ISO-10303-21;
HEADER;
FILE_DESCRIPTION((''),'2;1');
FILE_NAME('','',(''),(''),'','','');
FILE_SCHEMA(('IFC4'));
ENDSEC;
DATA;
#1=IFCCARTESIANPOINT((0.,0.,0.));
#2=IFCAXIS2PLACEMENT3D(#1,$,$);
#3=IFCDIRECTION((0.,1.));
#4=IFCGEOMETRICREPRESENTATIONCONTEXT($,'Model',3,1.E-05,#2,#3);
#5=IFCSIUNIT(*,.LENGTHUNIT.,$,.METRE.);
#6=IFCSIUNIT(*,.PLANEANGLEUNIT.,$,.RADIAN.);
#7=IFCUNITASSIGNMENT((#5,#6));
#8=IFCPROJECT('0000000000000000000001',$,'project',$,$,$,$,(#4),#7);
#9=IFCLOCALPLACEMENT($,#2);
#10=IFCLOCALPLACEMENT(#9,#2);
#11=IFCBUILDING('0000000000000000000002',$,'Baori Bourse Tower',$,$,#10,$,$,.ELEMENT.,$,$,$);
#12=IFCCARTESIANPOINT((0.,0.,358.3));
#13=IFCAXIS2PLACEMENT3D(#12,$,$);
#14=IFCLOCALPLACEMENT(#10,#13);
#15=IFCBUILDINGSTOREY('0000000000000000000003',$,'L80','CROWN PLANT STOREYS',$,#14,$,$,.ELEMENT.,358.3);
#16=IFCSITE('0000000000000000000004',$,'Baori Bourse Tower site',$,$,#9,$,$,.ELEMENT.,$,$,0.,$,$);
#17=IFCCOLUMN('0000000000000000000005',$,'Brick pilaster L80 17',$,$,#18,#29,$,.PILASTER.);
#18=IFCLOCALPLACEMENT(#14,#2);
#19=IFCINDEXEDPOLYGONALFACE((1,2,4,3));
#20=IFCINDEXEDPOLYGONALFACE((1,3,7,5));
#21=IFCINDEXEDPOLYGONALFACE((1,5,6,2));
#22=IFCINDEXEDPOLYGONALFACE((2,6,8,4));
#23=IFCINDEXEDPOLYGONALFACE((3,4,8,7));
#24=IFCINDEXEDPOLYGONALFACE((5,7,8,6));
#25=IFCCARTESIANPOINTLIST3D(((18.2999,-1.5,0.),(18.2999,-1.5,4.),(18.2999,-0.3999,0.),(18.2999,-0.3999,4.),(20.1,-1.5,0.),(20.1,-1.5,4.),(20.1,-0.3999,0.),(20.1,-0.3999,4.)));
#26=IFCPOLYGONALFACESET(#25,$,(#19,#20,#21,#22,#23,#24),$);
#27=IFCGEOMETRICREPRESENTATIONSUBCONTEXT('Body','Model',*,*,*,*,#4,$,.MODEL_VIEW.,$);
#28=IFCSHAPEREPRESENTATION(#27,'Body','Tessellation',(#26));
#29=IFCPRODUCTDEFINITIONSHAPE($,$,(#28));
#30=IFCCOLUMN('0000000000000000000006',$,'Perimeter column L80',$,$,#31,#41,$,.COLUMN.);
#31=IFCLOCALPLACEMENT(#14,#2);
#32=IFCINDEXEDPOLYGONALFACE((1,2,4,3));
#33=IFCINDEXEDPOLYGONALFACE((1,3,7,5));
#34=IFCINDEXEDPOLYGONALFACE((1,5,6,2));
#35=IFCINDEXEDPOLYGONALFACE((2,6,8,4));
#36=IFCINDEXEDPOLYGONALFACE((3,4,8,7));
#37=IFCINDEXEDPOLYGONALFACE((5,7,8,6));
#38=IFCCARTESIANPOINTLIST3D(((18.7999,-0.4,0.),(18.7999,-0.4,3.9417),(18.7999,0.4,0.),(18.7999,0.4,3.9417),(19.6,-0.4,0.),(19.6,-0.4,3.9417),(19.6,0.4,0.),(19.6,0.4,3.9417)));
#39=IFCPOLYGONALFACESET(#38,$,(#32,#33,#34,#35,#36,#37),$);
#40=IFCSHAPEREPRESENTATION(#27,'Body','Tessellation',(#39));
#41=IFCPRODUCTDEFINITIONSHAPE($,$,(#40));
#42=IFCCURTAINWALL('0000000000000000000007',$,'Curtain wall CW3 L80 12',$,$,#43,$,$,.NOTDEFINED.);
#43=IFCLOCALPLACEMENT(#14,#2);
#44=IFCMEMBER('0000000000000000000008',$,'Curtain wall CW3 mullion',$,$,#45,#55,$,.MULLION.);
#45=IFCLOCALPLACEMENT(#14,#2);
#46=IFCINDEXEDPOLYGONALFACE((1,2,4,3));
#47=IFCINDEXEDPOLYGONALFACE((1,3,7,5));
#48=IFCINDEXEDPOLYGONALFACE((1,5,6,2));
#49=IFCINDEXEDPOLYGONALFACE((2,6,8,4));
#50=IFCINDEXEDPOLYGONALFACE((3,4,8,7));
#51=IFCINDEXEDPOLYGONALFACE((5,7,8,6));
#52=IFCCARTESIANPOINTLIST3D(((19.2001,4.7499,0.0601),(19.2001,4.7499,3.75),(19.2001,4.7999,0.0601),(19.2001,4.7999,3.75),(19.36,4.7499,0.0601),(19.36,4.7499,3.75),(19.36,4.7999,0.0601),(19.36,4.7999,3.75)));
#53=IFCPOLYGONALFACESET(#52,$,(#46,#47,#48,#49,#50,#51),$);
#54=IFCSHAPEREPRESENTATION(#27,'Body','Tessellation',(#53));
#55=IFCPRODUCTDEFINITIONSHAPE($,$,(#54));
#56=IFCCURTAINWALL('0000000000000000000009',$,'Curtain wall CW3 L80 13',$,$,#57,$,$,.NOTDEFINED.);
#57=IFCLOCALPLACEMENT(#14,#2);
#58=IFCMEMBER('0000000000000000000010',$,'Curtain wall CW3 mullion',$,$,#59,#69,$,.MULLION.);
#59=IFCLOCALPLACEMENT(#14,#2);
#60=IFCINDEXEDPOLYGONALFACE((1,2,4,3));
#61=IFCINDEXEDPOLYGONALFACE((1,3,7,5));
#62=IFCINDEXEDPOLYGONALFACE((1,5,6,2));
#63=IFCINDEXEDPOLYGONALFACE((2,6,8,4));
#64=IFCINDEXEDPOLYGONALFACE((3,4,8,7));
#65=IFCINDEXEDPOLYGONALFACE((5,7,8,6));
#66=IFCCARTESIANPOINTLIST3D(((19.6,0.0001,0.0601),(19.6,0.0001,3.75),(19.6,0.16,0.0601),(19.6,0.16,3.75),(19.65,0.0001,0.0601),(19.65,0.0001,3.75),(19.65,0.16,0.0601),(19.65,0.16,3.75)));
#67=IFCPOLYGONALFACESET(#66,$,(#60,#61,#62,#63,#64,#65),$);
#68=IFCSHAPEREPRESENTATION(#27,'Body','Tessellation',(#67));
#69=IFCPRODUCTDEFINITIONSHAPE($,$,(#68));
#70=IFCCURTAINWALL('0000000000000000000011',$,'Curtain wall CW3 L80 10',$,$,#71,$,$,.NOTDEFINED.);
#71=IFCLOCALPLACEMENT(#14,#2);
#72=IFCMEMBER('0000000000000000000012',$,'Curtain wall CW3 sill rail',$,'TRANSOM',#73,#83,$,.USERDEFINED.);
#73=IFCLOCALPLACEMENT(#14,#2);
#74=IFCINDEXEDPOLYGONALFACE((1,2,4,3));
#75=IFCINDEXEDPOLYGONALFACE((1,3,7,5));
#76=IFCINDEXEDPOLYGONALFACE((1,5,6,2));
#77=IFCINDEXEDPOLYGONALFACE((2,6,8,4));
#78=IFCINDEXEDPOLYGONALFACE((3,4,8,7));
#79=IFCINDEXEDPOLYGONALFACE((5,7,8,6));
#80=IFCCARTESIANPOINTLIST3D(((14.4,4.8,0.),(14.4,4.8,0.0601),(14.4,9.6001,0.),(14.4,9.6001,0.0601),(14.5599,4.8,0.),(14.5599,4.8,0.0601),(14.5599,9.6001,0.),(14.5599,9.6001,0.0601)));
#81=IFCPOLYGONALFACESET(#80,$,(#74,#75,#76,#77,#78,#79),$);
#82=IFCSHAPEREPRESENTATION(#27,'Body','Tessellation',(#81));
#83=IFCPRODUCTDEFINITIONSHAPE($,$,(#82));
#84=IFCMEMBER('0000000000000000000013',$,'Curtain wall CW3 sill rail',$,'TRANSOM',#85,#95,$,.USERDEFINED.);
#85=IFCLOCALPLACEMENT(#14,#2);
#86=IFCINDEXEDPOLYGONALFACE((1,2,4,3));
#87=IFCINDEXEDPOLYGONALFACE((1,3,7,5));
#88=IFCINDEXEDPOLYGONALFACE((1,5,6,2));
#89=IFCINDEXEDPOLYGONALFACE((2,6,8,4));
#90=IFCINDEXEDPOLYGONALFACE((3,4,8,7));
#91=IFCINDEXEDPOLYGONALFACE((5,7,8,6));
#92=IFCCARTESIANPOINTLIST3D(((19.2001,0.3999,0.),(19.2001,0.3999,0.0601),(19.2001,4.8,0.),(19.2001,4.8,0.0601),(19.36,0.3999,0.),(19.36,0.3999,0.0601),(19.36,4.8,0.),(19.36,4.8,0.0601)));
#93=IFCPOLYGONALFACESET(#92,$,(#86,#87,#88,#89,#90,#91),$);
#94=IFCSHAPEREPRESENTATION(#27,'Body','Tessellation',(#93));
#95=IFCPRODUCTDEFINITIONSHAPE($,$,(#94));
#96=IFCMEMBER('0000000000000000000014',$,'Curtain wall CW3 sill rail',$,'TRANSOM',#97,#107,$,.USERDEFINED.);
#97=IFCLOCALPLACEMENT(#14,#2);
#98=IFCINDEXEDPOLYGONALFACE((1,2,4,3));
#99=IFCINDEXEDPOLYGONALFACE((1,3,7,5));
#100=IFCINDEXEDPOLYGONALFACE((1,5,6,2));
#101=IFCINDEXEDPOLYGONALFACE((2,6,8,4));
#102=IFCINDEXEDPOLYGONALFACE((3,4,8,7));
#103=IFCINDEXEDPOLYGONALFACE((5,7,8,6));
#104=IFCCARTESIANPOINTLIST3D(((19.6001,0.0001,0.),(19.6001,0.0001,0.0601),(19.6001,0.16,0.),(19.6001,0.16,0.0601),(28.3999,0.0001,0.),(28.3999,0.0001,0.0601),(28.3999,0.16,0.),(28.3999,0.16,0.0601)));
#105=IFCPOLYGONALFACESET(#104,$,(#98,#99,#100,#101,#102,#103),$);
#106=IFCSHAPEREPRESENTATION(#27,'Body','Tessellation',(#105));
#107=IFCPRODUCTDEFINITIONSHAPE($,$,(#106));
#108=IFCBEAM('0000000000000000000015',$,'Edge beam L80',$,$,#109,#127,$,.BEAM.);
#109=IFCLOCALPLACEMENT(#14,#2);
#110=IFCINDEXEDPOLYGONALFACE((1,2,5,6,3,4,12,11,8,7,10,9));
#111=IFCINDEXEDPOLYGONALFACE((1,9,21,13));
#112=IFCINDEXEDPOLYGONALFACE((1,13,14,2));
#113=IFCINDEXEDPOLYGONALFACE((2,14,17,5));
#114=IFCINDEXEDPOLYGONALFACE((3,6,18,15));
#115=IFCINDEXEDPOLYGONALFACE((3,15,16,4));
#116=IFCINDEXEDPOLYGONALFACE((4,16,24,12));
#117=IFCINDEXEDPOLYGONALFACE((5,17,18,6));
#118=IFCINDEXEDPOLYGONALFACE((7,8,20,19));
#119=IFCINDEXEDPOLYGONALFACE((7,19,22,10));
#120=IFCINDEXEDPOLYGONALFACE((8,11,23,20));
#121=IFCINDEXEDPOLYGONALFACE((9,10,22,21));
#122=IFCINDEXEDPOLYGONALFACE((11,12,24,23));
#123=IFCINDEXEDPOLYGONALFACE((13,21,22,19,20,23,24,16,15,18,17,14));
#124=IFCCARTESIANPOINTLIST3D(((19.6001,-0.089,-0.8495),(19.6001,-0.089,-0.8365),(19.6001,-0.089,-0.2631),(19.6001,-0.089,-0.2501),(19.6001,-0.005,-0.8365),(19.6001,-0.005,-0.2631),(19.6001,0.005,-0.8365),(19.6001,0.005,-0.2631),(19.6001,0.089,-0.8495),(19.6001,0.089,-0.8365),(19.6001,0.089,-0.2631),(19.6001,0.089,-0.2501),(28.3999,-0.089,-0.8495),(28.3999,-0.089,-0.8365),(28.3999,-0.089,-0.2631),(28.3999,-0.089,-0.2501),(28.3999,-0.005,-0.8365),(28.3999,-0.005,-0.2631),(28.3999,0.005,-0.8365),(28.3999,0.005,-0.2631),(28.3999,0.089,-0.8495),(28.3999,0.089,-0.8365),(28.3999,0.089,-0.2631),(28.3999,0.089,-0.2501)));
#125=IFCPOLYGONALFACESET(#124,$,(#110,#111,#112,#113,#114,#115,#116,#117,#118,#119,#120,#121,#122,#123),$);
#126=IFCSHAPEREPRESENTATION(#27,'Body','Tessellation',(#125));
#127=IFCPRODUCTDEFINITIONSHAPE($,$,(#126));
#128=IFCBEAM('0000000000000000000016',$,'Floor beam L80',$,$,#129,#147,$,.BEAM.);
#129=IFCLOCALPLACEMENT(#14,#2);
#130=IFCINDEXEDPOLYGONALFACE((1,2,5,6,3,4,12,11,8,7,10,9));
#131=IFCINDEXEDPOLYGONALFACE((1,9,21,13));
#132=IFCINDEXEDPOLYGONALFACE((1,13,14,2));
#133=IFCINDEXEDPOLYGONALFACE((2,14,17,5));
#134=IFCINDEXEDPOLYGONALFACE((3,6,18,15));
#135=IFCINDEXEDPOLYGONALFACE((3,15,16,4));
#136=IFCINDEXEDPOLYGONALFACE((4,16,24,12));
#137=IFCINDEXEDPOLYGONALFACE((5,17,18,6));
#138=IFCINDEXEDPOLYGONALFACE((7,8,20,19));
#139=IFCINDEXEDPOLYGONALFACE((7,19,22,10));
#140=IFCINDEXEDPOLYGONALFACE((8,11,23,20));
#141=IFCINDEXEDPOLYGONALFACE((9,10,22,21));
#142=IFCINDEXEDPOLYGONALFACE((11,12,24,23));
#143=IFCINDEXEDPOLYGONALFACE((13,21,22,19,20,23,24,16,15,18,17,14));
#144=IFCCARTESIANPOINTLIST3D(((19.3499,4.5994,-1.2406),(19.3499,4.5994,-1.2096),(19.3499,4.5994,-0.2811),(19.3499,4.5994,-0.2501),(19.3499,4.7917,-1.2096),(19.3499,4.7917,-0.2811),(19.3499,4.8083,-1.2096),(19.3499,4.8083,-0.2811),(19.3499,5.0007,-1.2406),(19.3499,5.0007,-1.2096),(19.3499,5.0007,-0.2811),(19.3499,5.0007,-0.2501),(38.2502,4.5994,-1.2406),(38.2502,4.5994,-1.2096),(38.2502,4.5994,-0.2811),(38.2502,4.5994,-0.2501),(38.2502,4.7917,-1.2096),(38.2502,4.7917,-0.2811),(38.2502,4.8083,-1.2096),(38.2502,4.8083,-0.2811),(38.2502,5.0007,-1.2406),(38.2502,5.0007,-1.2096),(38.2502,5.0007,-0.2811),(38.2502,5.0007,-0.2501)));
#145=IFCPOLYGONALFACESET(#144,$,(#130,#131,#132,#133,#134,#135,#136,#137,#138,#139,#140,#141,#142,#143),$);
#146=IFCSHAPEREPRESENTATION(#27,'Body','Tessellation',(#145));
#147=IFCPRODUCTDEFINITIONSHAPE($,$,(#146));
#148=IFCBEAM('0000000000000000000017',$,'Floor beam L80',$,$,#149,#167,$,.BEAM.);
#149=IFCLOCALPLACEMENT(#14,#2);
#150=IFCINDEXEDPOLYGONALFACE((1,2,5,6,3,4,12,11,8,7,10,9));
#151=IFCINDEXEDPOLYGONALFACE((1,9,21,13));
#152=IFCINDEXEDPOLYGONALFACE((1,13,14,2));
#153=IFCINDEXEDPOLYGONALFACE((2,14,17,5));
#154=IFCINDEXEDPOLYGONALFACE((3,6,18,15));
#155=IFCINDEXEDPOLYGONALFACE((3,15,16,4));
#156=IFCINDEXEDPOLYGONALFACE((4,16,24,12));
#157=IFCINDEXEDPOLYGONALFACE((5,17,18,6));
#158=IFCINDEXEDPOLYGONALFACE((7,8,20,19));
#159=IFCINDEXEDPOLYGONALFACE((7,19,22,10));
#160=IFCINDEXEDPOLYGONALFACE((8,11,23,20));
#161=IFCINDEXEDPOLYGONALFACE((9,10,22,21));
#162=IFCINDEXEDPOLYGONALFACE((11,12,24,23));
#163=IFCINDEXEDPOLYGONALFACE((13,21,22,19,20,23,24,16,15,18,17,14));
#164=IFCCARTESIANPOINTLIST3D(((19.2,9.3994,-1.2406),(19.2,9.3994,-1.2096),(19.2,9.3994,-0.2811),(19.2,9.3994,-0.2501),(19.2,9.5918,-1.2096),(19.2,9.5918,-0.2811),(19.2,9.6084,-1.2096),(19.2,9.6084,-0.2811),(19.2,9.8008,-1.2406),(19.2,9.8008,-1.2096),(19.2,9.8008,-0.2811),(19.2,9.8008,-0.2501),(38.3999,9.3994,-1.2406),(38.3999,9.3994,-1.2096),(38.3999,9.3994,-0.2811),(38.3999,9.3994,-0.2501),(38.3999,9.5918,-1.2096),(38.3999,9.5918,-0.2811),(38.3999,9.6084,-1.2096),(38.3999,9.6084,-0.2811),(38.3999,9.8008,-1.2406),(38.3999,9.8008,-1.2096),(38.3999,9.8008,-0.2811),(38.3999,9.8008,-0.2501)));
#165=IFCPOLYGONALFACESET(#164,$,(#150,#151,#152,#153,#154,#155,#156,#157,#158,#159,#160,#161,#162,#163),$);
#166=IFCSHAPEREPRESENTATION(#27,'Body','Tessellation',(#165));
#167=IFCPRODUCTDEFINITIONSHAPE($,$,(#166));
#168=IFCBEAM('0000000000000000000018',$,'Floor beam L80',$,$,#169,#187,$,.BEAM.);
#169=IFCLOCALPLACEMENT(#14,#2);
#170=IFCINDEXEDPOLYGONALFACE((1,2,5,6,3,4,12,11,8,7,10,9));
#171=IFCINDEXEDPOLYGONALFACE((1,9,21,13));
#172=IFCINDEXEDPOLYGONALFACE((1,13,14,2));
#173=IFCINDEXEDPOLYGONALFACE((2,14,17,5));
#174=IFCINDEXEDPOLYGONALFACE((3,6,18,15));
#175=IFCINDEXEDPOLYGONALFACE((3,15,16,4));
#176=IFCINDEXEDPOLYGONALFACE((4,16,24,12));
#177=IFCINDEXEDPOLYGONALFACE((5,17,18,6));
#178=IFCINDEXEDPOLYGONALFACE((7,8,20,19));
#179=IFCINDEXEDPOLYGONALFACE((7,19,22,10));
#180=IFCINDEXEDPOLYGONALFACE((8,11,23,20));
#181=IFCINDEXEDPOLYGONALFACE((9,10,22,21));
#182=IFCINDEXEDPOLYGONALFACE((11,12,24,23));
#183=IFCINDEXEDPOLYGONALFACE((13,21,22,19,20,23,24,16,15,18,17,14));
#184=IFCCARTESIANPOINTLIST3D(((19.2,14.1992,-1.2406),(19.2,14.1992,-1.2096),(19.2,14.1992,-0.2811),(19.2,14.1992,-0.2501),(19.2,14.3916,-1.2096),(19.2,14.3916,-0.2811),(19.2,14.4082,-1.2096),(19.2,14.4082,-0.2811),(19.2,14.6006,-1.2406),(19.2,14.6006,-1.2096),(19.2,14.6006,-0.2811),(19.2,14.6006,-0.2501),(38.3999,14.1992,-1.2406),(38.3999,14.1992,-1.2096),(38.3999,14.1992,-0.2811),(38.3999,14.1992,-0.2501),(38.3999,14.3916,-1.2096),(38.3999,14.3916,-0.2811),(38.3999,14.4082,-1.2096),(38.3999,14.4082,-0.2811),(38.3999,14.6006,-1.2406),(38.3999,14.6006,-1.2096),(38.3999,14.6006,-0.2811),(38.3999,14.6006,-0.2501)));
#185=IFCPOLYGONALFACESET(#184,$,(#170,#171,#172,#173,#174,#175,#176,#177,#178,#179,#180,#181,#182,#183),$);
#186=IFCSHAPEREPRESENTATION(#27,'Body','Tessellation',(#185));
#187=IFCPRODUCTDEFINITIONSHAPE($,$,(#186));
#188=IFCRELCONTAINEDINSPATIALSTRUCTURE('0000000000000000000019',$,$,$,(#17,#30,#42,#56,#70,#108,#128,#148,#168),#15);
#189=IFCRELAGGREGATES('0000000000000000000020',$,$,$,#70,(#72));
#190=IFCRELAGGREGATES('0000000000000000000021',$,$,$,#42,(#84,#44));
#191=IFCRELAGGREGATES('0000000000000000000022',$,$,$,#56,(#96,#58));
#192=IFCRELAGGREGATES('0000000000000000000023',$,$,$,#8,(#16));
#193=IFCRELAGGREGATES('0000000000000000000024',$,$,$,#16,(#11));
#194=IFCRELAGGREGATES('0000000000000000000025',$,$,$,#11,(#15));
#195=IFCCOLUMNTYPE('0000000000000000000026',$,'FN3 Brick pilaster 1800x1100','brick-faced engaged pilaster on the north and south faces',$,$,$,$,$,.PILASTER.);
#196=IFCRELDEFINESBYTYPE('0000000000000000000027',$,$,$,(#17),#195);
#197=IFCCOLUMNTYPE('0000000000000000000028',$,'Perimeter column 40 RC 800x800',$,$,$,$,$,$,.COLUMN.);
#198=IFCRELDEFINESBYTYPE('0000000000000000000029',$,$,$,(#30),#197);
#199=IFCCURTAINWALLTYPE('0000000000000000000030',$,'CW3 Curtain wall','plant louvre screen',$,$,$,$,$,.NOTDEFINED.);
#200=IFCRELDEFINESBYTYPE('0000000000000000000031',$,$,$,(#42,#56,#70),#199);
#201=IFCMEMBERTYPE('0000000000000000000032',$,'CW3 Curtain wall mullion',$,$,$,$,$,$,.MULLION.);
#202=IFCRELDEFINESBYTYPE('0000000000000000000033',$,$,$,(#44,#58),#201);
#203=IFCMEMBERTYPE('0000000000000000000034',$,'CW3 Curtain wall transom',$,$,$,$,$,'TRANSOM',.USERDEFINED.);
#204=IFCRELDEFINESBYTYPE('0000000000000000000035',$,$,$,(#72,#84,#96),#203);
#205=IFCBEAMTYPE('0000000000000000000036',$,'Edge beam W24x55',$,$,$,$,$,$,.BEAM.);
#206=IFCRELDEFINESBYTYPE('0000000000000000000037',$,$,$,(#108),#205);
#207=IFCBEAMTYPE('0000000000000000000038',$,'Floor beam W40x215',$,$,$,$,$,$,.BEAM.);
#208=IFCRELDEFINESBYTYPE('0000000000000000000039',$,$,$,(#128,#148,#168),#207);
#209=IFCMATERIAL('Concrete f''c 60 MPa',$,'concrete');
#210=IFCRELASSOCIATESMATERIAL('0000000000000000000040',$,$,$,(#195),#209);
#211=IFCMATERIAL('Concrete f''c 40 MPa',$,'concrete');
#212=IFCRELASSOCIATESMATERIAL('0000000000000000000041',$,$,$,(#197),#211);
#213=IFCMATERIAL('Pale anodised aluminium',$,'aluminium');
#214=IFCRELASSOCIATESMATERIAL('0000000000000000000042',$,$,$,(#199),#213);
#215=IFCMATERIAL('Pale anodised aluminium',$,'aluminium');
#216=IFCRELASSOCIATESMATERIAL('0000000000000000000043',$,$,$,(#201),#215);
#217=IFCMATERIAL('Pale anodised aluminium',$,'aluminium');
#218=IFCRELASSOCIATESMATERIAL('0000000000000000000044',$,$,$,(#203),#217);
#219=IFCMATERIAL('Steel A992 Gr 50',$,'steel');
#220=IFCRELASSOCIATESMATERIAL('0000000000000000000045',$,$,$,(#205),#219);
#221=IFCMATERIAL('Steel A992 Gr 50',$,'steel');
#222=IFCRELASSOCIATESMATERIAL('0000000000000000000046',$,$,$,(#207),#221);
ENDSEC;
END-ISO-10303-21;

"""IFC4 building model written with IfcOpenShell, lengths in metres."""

from ifc_helpers import new_model, si_unit, direction, frame, origin, origin_2d, place, context, subcontext, project, spatial, rectangle, i_section, extrude, material, material_profile, profile_set, type_object, element, aggregate, save


model = new_model("IFC4")

# Units and contexts
model_context = context("Model", 3, precision=1e-05, world=origin(), true_north=direction((0.0, 1.0)))
body_context = subcontext(model_context, "Body", "Model", "MODEL_VIEW")
ifc_project = project(units=[si_unit("LENGTHUNIT", "METRE"), si_unit("PLANEANGLEUNIT", "RADIAN")], contexts=[model_context])

# Site, building, storey
site_placement = place(None, origin())
site = spatial("IfcSite", under=ifc_project, at=site_placement, Name="Baori Bourse Tower site", CompositionType="ELEMENT", RefElevation=0.0)
building_placement = place(site_placement, origin())
building = spatial("IfcBuilding", under=site, at=building_placement, Name="Baori Bourse Tower", CompositionType="ELEMENT")
storey_placement = place(building_placement, frame((0.0, 0.0, 358.3)))
storey = spatial("IfcBuildingStorey", under=building, at=storey_placement, Name="L80", Description="CROWN PLANT STOREYS", CompositionType="ELEMENT", Elevation=358.3)

# Columns
ifc_material_1 = material(Name="Concrete f'c 60 MPa", Category="concrete")
ifc_material_profile_1 = material_profile(ifc_material_1, rectangle(XDim=1.8, YDim=1.1001, at=origin_2d()), Name="RC 1800x1100")
ifc_profile_set_1 = profile_set([ifc_material_profile_1], Name="Concrete f'c 60 MPa")
column_type_1 = type_object("IfcColumnType", Name="FN3 Brick pilaster 1800x1100", Description="brick-faced engaged pilaster on the north and south faces", PredefinedType="PILASTER", material=ifc_profile_set_1)
column_1_placement = place(storey_placement, frame((19.2, -0.95, 0.0), z_axis=(0.0, 0.0, 1.0), x_axis=(1.0, 0.0, 0.0)))
element("IfcColumn", 1, at=column_1_placement, inside=storey, type_object=column_type_1, Name="Brick pilaster L80 17", PredefinedType="PILASTER", context=body_context, shape_type="SweptSolid", body=[
    extrude(rectangle(XDim=1.8, YDim=1.1001, at=origin_2d()), origin(), (0.0, 0.0, 1.0), 4.0),
])
ifc_material_2 = material(Name="Concrete f'c 40 MPa", Category="concrete")
ifc_material_profile_2 = material_profile(ifc_material_2, rectangle(XDim=0.8, YDim=0.8, at=origin_2d()), Name="RC 800x800")
ifc_profile_set_2 = profile_set([ifc_material_profile_2], Name="Concrete f'c 40 MPa")
column_type_2 = type_object("IfcColumnType", Name="Perimeter column 40 RC 800x800", PredefinedType="COLUMN", material=ifc_profile_set_2)
column_2_placement = place(storey_placement, frame((19.2, 0.0, 0.0), z_axis=(0.0, 0.0, 1.0), x_axis=(1.0, 0.0, 0.0)))
element("IfcColumn", 2, at=column_2_placement, inside=storey, type_object=column_type_2, Name="Perimeter column L80", PredefinedType="COLUMN", context=body_context, shape_type="SweptSolid", body=[
    extrude(rectangle(XDim=0.8, YDim=0.8, at=origin_2d()), origin(), (0.0, 0.0, 1.0), 3.9417),
])

# Curtain walls, members
ifc_material_3 = material(Name="Pale anodised aluminium", Category="aluminium")
curtain_wall_type = type_object("IfcCurtainWallType", Name="CW3 Curtain wall", Description="plant louvre screen", PredefinedType="NOTDEFINED", material=ifc_material_3)
curtain_wall_1_placement = place(storey_placement, origin())
curtain_wall_1 = element("IfcCurtainWall", 3, at=curtain_wall_1_placement, inside=storey, type_object=curtain_wall_type, Name="Curtain wall CW3 L80 12", PredefinedType="NOTDEFINED")
ifc_material_4 = material(Name="Pale anodised aluminium", Category="aluminium")
ifc_material_profile_3 = material_profile(ifc_material_4, rectangle(XDim=0.1599, YDim=0.05, at=origin_2d()), Name="Mullion 50x160")
ifc_profile_set_3 = profile_set([ifc_material_profile_3], Name="Pale anodised aluminium")
member_type_1 = type_object("IfcMemberType", Name="CW3 Curtain wall mullion", PredefinedType="MULLION", material=ifc_profile_set_3)
member_1_placement = place(storey_placement, frame((19.28, 4.7749, 0.0601), z_axis=(0.0, 0.0, 1.0), x_axis=(1.0, 0.0, 0.0)))
member_1 = element("IfcMember", 4, at=member_1_placement, type_object=member_type_1, Name="Curtain wall CW3 mullion", PredefinedType="MULLION", context=body_context, shape_type="SweptSolid", body=[
    extrude(rectangle(XDim=0.1599, YDim=0.05, at=origin_2d()), origin(), (0.0, 0.0, 1.0), 3.6899),
])
curtain_wall_2_placement = place(storey_placement, origin())
curtain_wall_2 = element("IfcCurtainWall", 5, at=curtain_wall_2_placement, inside=storey, type_object=curtain_wall_type, Name="Curtain wall CW3 L80 13", PredefinedType="NOTDEFINED")
member_2_placement = place(storey_placement, frame((19.625, 0.0801, 0.0601), z_axis=(0.0, 0.0, 1.0), x_axis=(0.0, 1.0, 0.0)))
member_2 = element("IfcMember", 6, at=member_2_placement, type_object=member_type_1, Name="Curtain wall CW3 mullion", PredefinedType="MULLION", context=body_context, shape_type="SweptSolid", body=[
    extrude(rectangle(XDim=0.1599, YDim=0.05, at=origin_2d()), origin(), (0.0, 0.0, 1.0), 3.6899),
])
curtain_wall_3_placement = place(storey_placement, origin())
curtain_wall_3 = element("IfcCurtainWall", 7, at=curtain_wall_3_placement, inside=storey, type_object=curtain_wall_type, Name="Curtain wall CW3 L80 10", PredefinedType="NOTDEFINED")
ifc_material_5 = material(Name="Pale anodised aluminium", Category="aluminium")
ifc_material_profile_4 = material_profile(ifc_material_5, rectangle(XDim=0.1599, YDim=0.0601, at=origin_2d()), Name="Transom 60x160")
ifc_profile_set_4 = profile_set([ifc_material_profile_4], Name="Pale anodised aluminium")
member_type_2 = type_object("IfcMemberType", Name="CW3 Curtain wall transom", ElementType="TRANSOM", PredefinedType="USERDEFINED", material=ifc_profile_set_4)
member_3_placement = place(storey_placement, frame((14.48, 9.6001, 0.03), z_axis=(0.0, -1.0, 0.0), x_axis=(1.0, 0.0, 0.0)))
member_3 = element("IfcMember", 8, at=member_3_placement, type_object=member_type_2, Name="Curtain wall CW3 sill rail", ObjectType="TRANSOM", PredefinedType="USERDEFINED", context=body_context, shape_type="SweptSolid", body=[
    extrude(rectangle(XDim=0.1599, YDim=0.0601, at=origin_2d()), origin(), (0.0, 0.0, 1.0), 4.8),
])

# Members
member_4_placement = place(storey_placement, frame((19.28, 4.8, 0.03), z_axis=(0.0, -1.0, 0.0), x_axis=(1.0, 0.0, 0.0)))
member_4 = element("IfcMember", 9, at=member_4_placement, type_object=member_type_2, Name="Curtain wall CW3 sill rail", ObjectType="TRANSOM", PredefinedType="USERDEFINED", context=body_context, shape_type="SweptSolid", body=[
    extrude(rectangle(XDim=0.1599, YDim=0.0601, at=origin_2d()), origin(), (0.0, 0.0, 1.0), 4.4001),
])
member_5_placement = place(storey_placement, frame((19.6001, 0.0801, 0.03), z_axis=(1.0, 0.0, 0.0), x_axis=(0.0, 1.0, 0.0)))
member_5 = element("IfcMember", 10, at=member_5_placement, type_object=member_type_2, Name="Curtain wall CW3 sill rail", ObjectType="TRANSOM", PredefinedType="USERDEFINED", context=body_context, shape_type="SweptSolid", body=[
    extrude(rectangle(XDim=0.1599, YDim=0.0601, at=origin_2d()), origin(), (0.0, 0.0, 1.0), 8.7998),
])

# Beams
ifc_material_6 = material(Name="Steel A992 Gr 50", Category="steel")
ifc_material_profile_5 = material_profile(ifc_material_6, i_section(OverallWidth=0.178, OverallDepth=0.5994, WebThickness=0.01, FlangeThickness=0.0129, at=origin_2d()), Name="W24x55")
ifc_profile_set_5 = profile_set([ifc_material_profile_5], Name="Steel A992 Gr 50")
beam_type_1 = type_object("IfcBeamType", Name="Edge beam W24x55", PredefinedType="BEAM", material=ifc_profile_set_5)
beam_1_placement = place(storey_placement, frame((19.6001, 0.0, -0.5498), z_axis=(1.0, 0.0, 0.0), x_axis=(0.0, 1.0, 0.0)))
element("IfcBeam", 11, at=beam_1_placement, inside=storey, type_object=beam_type_1, Name="Edge beam L80", PredefinedType="BEAM", context=body_context, shape_type="SweptSolid", body=[
    extrude(i_section(OverallWidth=0.178, OverallDepth=0.5994, WebThickness=0.01, FlangeThickness=0.0129, at=origin_2d()), origin(), (0.0, 0.0, 1.0), 8.7998),
])
ifc_material_7 = material(Name="Steel A992 Gr 50", Category="steel")
ifc_material_profile_6 = material_profile(ifc_material_7, i_section(OverallWidth=0.4014, OverallDepth=0.9905, WebThickness=0.0166, FlangeThickness=0.031, at=origin_2d()), Name="W40x215")
ifc_profile_set_6 = profile_set([ifc_material_profile_6], Name="Steel A992 Gr 50")
beam_type_2 = type_object("IfcBeamType", Name="Floor beam W40x215", PredefinedType="BEAM", material=ifc_profile_set_6)
beam_2_placement = place(storey_placement, frame((19.3499, 4.8, -0.7454), z_axis=(1.0, 0.0, 0.0), x_axis=(0.0, 1.0, 0.0)))
element("IfcBeam", 12, at=beam_2_placement, inside=storey, type_object=beam_type_2, Name="Floor beam L80", PredefinedType="BEAM", context=body_context, shape_type="SweptSolid", body=[
    extrude(i_section(OverallWidth=0.4014, OverallDepth=0.9905, WebThickness=0.0166, FlangeThickness=0.031, at=origin_2d()), origin(), (0.0, 0.0, 1.0), 18.9004),
])
for number, where, z_axis, x_axis, name in (
    (13, (19.2, 9.6001, -0.7454), (1.0, 0.0, 0.0), (0.0, 1.0, 0.0), "Floor beam L80"),
    (14, (19.2, 14.3999, -0.7454), (1.0, 0.0, 0.0), (0.0, 1.0, 0.0), "Floor beam L80"),
):
    element("IfcBeam", number, at=place(storey_placement, frame(where, z_axis=z_axis, x_axis=x_axis)), inside=storey, type_object=beam_type_2, Name=name, PredefinedType="BEAM", context=body_context, shape_type="SweptSolid", body=[
        extrude(i_section(OverallWidth=0.4014, OverallDepth=0.9905, WebThickness=0.0166, FlangeThickness=0.031, at=origin_2d()), origin(), (0.0, 0.0, 1.0), 19.2),
    ])

aggregate(curtain_wall_3, [member_3])

aggregate(curtain_wall_1, [member_4, member_1])
aggregate(curtain_wall_2, [member_5, member_2])

save(model, "model.ifc")
